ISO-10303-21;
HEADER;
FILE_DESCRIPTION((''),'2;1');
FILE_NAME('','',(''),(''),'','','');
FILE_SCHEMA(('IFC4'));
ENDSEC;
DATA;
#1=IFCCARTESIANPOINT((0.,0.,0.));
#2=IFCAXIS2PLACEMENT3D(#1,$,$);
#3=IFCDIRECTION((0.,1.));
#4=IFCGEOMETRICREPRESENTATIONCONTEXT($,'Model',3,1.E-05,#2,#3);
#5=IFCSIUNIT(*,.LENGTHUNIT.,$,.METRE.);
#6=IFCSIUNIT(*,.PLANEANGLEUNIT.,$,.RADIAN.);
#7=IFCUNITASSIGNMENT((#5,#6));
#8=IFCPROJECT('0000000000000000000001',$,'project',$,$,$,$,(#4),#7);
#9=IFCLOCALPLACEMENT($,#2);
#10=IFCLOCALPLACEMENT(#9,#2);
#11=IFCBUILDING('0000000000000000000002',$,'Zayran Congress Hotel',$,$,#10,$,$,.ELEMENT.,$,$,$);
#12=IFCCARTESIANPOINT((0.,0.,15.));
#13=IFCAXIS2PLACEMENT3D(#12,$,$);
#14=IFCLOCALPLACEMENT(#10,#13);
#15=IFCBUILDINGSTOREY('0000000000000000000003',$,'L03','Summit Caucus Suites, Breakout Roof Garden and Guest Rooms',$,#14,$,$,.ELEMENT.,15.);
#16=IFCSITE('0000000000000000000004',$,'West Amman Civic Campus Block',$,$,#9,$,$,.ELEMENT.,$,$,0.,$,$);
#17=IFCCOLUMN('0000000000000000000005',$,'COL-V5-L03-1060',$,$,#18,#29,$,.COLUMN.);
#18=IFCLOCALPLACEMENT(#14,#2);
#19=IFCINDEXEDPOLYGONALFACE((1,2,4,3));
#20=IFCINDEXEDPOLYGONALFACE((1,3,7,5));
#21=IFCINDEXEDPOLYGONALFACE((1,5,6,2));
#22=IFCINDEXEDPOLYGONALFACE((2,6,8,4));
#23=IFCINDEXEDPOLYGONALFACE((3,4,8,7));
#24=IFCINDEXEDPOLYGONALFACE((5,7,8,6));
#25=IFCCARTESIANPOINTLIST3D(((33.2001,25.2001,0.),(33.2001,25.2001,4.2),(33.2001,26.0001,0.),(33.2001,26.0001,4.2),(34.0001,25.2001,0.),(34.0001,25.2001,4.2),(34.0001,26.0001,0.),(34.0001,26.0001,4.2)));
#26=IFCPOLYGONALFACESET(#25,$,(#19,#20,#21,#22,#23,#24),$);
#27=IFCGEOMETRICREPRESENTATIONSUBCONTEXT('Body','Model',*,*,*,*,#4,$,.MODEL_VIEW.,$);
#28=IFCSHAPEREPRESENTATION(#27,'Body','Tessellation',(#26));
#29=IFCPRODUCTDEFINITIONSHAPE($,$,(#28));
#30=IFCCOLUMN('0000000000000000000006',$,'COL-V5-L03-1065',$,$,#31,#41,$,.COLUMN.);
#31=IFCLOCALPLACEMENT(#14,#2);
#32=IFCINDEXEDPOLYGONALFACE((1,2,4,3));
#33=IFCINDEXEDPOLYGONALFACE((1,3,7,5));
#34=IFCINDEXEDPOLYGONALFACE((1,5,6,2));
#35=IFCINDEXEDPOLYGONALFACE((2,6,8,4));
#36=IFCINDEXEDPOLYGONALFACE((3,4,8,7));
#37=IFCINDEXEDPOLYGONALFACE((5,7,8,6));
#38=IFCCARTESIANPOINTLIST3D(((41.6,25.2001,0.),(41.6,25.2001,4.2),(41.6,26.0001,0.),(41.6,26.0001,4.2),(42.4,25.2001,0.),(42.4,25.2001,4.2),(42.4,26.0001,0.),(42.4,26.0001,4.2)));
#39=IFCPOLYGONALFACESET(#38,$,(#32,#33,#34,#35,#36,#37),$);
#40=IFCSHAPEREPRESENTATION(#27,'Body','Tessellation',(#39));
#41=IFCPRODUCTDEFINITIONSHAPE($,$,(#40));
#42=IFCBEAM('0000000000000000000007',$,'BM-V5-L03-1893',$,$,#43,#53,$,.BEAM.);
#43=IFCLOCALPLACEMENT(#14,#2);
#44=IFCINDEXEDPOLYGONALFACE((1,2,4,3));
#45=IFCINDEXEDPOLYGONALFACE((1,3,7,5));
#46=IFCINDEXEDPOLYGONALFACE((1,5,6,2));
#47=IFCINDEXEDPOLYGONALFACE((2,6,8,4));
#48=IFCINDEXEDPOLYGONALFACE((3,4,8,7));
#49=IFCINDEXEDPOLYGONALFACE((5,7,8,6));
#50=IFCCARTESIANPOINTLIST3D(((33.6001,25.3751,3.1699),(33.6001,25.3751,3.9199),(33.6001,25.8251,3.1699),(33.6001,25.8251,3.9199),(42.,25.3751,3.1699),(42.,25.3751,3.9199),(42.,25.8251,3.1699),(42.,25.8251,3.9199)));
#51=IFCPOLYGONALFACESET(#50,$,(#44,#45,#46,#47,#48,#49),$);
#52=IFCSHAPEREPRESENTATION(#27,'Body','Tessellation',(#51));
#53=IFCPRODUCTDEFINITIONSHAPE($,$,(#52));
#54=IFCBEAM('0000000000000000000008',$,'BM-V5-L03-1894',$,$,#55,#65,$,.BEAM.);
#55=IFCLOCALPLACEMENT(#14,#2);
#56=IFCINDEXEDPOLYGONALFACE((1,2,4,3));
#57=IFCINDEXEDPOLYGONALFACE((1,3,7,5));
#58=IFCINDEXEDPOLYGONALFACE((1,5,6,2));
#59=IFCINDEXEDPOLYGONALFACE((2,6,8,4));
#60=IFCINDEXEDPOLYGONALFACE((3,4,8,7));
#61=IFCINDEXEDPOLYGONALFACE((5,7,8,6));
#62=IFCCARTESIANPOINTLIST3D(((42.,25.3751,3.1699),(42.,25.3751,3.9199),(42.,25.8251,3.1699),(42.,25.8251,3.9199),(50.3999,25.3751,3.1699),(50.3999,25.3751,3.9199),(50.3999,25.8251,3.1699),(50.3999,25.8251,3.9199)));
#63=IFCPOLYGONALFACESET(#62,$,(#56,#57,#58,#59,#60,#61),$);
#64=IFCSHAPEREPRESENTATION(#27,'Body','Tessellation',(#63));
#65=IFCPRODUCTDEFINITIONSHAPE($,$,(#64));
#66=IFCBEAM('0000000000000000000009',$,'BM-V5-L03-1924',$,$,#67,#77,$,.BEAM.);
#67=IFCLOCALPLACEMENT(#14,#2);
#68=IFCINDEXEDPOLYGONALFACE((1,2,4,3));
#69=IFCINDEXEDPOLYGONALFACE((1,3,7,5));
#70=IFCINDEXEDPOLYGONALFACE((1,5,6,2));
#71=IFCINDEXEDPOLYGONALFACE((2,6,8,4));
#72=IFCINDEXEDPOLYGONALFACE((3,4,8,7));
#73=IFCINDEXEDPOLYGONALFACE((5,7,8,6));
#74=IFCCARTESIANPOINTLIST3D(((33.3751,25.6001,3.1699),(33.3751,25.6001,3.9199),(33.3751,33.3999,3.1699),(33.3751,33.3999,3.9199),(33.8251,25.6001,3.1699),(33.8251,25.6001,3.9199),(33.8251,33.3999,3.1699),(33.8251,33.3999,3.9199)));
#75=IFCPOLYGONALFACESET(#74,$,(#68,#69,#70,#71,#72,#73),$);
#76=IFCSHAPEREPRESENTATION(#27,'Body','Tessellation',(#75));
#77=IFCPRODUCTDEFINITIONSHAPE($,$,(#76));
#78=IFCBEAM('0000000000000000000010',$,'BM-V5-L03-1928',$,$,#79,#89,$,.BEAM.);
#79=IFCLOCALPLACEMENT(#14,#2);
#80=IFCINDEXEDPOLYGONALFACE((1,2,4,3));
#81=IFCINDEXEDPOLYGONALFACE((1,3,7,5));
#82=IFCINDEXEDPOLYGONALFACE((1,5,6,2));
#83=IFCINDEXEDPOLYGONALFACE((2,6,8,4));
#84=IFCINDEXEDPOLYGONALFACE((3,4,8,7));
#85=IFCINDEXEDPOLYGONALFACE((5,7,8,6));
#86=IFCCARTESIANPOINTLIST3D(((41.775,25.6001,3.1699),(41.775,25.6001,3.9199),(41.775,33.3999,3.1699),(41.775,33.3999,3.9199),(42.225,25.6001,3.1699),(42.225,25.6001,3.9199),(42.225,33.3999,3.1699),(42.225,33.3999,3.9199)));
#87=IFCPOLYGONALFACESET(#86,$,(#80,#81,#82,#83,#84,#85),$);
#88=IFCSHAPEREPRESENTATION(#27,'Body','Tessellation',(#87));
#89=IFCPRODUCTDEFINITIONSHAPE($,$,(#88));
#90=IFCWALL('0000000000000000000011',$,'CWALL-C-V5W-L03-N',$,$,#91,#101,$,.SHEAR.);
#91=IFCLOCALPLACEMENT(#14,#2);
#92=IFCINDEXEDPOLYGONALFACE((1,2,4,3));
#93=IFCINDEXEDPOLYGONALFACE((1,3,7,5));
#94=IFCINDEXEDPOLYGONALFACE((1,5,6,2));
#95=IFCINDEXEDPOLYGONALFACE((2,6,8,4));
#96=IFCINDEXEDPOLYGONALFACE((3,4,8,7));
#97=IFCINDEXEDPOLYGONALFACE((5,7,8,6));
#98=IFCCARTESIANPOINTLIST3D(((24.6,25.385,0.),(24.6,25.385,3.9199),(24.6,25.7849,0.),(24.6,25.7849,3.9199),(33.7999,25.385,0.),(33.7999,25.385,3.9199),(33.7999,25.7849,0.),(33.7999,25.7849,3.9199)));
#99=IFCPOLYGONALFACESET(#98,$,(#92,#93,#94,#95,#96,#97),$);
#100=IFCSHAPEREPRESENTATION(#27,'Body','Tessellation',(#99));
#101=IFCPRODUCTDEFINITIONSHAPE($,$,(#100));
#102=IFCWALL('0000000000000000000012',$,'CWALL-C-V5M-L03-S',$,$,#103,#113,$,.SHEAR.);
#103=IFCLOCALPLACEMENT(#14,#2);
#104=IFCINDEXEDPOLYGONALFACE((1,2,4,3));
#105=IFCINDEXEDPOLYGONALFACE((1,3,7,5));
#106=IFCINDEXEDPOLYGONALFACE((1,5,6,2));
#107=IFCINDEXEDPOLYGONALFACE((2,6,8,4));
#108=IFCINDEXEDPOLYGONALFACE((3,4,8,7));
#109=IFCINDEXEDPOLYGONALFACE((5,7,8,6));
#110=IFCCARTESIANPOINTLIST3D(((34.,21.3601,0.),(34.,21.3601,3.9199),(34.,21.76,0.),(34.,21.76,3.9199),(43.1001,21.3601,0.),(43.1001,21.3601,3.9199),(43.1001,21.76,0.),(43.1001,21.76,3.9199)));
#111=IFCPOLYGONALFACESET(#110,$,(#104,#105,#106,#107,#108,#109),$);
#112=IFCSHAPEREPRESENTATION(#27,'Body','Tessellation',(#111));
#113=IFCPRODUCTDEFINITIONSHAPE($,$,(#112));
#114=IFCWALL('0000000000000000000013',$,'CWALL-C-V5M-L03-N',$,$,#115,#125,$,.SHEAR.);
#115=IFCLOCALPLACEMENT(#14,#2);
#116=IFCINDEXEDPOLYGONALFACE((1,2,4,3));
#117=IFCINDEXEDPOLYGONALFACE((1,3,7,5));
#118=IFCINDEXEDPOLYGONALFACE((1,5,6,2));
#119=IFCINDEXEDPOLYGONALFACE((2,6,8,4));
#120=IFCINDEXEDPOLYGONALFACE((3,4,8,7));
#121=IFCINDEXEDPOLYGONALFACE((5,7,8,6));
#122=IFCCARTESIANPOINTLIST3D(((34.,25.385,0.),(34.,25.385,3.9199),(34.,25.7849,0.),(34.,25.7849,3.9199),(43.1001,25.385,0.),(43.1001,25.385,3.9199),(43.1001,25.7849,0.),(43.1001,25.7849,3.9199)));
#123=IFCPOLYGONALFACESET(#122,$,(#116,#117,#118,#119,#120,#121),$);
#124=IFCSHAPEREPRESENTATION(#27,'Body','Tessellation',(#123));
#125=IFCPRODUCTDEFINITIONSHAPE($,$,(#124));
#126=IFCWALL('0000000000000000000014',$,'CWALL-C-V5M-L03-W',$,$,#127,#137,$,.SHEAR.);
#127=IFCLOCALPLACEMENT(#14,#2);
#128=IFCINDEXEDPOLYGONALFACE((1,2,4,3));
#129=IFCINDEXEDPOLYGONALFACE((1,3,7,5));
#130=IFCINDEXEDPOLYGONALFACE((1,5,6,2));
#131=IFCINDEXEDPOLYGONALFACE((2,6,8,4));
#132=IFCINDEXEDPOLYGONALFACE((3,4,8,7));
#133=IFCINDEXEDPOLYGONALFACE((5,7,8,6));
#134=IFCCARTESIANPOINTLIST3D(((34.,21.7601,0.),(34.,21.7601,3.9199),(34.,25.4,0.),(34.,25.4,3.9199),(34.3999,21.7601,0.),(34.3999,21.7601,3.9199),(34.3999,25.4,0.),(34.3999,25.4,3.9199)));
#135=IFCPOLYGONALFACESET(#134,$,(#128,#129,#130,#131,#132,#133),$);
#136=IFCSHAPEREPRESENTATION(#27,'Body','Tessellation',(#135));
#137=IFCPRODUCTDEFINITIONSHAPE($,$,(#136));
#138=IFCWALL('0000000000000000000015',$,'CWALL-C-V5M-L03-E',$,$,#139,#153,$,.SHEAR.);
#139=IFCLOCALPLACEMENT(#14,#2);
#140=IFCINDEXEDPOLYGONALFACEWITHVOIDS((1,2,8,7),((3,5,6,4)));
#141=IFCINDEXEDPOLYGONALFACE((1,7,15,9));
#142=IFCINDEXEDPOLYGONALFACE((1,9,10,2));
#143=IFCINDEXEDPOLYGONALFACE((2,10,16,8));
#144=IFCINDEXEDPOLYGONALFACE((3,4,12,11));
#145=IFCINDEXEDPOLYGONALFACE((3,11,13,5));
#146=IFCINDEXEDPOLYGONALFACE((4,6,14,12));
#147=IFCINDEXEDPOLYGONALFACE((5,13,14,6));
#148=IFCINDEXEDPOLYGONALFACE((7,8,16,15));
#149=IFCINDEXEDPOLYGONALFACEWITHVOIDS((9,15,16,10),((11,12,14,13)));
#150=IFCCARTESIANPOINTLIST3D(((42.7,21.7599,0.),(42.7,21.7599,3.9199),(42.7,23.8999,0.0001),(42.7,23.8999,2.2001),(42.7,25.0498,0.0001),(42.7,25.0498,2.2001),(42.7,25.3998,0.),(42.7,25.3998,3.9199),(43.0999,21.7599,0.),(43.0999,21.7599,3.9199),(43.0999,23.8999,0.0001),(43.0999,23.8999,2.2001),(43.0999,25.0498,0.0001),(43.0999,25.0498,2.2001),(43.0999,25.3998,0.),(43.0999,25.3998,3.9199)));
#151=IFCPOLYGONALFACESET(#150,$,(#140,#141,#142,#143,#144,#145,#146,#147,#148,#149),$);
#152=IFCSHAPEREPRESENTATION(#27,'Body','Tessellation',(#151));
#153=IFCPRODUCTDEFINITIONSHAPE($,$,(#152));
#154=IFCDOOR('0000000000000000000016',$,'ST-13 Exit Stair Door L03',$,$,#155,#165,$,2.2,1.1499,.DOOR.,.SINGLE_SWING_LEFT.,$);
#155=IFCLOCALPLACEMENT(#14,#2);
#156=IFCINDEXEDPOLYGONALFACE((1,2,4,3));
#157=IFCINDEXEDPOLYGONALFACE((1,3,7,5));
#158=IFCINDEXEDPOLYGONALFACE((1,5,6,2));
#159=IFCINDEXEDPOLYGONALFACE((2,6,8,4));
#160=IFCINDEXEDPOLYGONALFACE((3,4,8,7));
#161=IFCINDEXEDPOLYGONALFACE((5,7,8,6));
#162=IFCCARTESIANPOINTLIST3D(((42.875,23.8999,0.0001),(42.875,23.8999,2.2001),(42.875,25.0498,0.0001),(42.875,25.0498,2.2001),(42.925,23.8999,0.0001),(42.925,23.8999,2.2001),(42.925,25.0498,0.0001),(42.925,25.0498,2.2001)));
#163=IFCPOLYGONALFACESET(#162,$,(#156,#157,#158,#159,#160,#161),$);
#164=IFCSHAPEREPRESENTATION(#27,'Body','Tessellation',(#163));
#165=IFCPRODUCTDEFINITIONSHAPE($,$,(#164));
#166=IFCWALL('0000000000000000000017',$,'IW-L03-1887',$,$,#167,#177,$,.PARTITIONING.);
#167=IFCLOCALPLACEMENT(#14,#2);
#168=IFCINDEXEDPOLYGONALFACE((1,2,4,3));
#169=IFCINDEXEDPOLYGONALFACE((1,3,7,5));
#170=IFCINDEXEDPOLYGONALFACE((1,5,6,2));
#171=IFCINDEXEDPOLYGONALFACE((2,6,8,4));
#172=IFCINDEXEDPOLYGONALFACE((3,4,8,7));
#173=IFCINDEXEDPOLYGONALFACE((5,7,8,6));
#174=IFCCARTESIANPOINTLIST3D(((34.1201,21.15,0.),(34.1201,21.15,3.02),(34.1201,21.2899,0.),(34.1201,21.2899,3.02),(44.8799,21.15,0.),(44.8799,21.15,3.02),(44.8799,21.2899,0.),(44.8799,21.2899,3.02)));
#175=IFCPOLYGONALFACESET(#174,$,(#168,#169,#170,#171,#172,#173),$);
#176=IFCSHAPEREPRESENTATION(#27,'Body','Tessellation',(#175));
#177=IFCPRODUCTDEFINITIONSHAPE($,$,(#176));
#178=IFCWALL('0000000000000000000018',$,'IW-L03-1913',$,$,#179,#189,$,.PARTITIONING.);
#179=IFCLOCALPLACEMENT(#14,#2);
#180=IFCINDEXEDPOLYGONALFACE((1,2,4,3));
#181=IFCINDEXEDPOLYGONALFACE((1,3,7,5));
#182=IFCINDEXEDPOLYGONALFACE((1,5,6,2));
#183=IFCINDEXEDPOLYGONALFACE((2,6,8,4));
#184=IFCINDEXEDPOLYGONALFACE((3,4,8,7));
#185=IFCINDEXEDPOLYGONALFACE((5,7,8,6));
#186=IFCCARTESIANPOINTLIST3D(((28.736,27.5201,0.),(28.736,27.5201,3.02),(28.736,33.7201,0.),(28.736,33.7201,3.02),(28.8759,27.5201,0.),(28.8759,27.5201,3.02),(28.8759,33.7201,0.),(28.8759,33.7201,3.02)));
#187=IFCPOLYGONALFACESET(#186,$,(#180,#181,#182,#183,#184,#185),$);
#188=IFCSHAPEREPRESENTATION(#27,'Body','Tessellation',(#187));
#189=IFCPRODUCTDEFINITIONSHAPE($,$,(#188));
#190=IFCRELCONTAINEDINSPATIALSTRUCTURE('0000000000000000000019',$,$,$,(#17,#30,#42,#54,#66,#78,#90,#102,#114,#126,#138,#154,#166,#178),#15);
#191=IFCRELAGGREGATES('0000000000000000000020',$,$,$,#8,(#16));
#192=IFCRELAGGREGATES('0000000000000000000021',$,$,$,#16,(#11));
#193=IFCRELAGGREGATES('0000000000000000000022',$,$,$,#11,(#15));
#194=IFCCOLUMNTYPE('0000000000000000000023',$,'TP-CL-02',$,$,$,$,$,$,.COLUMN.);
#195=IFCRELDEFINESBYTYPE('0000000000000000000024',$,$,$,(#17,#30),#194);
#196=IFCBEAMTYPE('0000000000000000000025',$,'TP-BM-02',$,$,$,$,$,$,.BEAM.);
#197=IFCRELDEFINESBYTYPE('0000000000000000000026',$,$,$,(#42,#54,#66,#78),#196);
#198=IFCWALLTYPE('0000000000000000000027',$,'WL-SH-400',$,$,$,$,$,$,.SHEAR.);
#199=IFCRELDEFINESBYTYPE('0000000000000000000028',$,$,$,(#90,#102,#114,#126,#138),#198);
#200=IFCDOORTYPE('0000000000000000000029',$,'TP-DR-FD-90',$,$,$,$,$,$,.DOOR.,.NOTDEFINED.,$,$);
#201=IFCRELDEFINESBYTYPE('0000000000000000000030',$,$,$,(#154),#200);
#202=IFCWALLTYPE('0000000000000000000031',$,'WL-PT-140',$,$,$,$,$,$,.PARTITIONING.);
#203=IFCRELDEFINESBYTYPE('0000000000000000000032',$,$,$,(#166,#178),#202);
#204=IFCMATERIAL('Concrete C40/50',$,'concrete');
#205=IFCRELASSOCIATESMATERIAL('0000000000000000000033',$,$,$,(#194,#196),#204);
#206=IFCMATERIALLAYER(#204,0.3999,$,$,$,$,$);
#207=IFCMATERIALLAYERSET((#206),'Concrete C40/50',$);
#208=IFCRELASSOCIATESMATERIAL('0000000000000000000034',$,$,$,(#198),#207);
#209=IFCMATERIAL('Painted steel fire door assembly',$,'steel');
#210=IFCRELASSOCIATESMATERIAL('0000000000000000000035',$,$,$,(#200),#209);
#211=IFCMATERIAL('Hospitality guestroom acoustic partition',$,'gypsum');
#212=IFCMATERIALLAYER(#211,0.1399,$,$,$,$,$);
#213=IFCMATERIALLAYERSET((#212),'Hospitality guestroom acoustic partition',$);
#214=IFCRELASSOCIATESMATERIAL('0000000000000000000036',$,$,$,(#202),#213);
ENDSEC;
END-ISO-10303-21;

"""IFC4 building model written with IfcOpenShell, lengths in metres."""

from ifc_helpers import new_model, si_unit, direction, frame, frame_2d, origin, origin_2d, place, context, subcontext, project, spatial, rectangle, extrude, material, layer, layer_set, material_profile, profile_set, type_object, element, fill, save


model = new_model("IFC4")

# Units and contexts
model_context = context("Model", 3, precision=1e-05, world=origin(), true_north=direction((0.0, 1.0)))
body_context = subcontext(model_context, "Body", "Model", "MODEL_VIEW")
ifc_project = project(units=[si_unit("LENGTHUNIT", "METRE"), si_unit("PLANEANGLEUNIT", "RADIAN")], contexts=[model_context])

# Site, building, storey
site_placement = place(None, origin())
site = spatial("IfcSite", under=ifc_project, at=site_placement, Name="West Amman Civic Campus Block", CompositionType="ELEMENT", RefElevation=0.0)
building_placement = place(site_placement, origin())
building = spatial("IfcBuilding", under=site, at=building_placement, Name="Zayran Congress Hotel", CompositionType="ELEMENT")
storey_placement = place(building_placement, frame((0.0, 0.0, 15.0)))
storey = spatial("IfcBuildingStorey", under=building, at=storey_placement, Name="L03", Description="Summit Caucus Suites, Breakout Roof Garden and Guest Rooms", CompositionType="ELEMENT", Elevation=15.0)

# Columns
ifc_material_1 = material(Name="Concrete C40/50", Category="concrete")
ifc_material_profile_1 = material_profile(ifc_material_1, rectangle(XDim=0.8, YDim=0.8, at=origin_2d()), Name="RC 800x800")
ifc_profile_set_1 = profile_set([ifc_material_profile_1], Name="Concrete C40/50")
column_type = type_object("IfcColumnType", Name="TP-CL-02", PredefinedType="COLUMN", material=ifc_profile_set_1)
for number, where, z_axis, x_axis, name in (
    (1, (33.6001, 25.6001, 0.0), (0.0, 0.0, 1.0), (1.0, 0.0, 0.0), "COL-V5-L03-1060"),
    (2, (42.0, 25.6001, 0.0), (0.0, 0.0, 1.0), (1.0, 0.0, 0.0), "COL-V5-L03-1065"),
):
    element("IfcColumn", number, at=place(storey_placement, frame(where, z_axis=z_axis, x_axis=x_axis)), inside=storey, type_object=column_type, Name=name, PredefinedType="COLUMN", context=body_context, shape_type="SweptSolid", body=[
        extrude(rectangle(XDim=0.8, YDim=0.8, at=origin_2d()), origin(), (0.0, 0.0, 1.0), 4.2),
    ])

# Beams
ifc_material_profile_2 = material_profile(ifc_material_1, rectangle(XDim=0.45, YDim=0.75, at=origin_2d()), Name="RC 450x750")
ifc_profile_set_2 = profile_set([ifc_material_profile_2], Name="Concrete C40/50")
beam_type = type_object("IfcBeamType", Name="TP-BM-02", PredefinedType="BEAM", material=ifc_profile_set_2)
for number, where, z_axis, x_axis, name in (
    (3, (33.6001, 25.6001, 3.5449), (1.0, 0.0, 0.0), (0.0, 1.0, 0.0), "BM-V5-L03-1893"),
    (4, (42.0, 25.6001, 3.5449), (1.0, 0.0, 0.0), (0.0, 1.0, 0.0), "BM-V5-L03-1894"),
):
    element("IfcBeam", number, at=place(storey_placement, frame(where, z_axis=z_axis, x_axis=x_axis)), inside=storey, type_object=beam_type, Name=name, PredefinedType="BEAM", context=body_context, shape_type="SweptSolid", body=[
        extrude(rectangle(XDim=0.45, YDim=0.75, at=origin_2d()), origin(), (0.0, 0.0, 1.0), 8.3999),
    ])
for number, where, z_axis, x_axis, name in (
    (5, (33.6001, 25.6001, 3.5449), (0.0, 1.0, 0.0), (-1.0, 0.0, 0.0), "BM-V5-L03-1924"),
    (6, (42.0, 25.6001, 3.5449), (0.0, 1.0, 0.0), (-1.0, 0.0, 0.0), "BM-V5-L03-1928"),
):
    element("IfcBeam", number, at=place(storey_placement, frame(where, z_axis=z_axis, x_axis=x_axis)), inside=storey, type_object=beam_type, Name=name, PredefinedType="BEAM", context=body_context, shape_type="SweptSolid", body=[
        extrude(rectangle(XDim=0.45, YDim=0.75, at=origin_2d()), origin(), (0.0, 0.0, 1.0), 7.7998),
    ])

# Walls
ifc_layer_1 = layer(ifc_material_1, 0.3999)
ifc_layer_set_1 = layer_set([ifc_layer_1], Name="Concrete C40/50")
wall_type_1 = type_object("IfcWallType", Name="WL-SH-400", PredefinedType="SHEAR", material=ifc_layer_set_1)
wall_1_placement = place(storey_placement, frame((33.8, 25.585, 0.0), z_axis=(0.0, 0.0, 1.0), x_axis=(-1.0, 0.0, 0.0)))
element("IfcWall", 7, at=wall_1_placement, inside=storey, type_object=wall_type_1, Name="CWALL-C-V5W-L03-N", PredefinedType="SHEAR", context=body_context, shape_type="SweptSolid", body=[
    extrude(rectangle(XDim=9.2, YDim=0.3999, at=frame_2d((4.6001, 0.0))), origin(), (0.0, 0.0, 1.0), 3.9199),
])
for number, where, z_axis, x_axis, name in (
    (8, (34.0, 21.5601, 0.0), (0.0, 0.0, 1.0), (1.0, 0.0, 0.0), "CWALL-C-V5M-L03-S"),
    (9, (43.1001, 25.585, 0.0), (0.0, 0.0, 1.0), (-1.0, 0.0, 0.0), "CWALL-C-V5M-L03-N"),
):
    element("IfcWall", number, at=place(storey_placement, frame(where, z_axis=z_axis, x_axis=x_axis)), inside=storey, type_object=wall_type_1, Name=name, PredefinedType="SHEAR", context=body_context, shape_type="SweptSolid", body=[
        extrude(rectangle(XDim=9.1001, YDim=0.3999, at=frame_2d((4.55, 0.0))), origin(), (0.0, 0.0, 1.0), 3.9199),
    ])
wall_2_placement = place(storey_placement, frame((34.2, 25.3999, 0.0), z_axis=(0.0, 0.0, 1.0), x_axis=(0.0, -1.0, 0.0)))
element("IfcWall", 10, at=wall_2_placement, inside=storey, type_object=wall_type_1, Name="CWALL-C-V5M-L03-W", PredefinedType="SHEAR", context=body_context, shape_type="SweptSolid", body=[
    extrude(rectangle(XDim=3.6399, YDim=0.3999, at=frame_2d((1.8198, 0.0))), origin(), (0.0, 0.0, 1.0), 3.9199),
])

# Wall, opening, door
wall_3_placement = place(storey_placement, frame((42.8999, 21.76, 0.0), z_axis=(0.0, 0.0, 1.0), x_axis=(0.0, 1.0, 0.0)))
wall_3 = element("IfcWall", 11, at=wall_3_placement, inside=storey, type_object=wall_type_1, Name="CWALL-C-V5M-L03-E", PredefinedType="SHEAR", context=body_context, shape_type="SweptSolid", body=[
    extrude(rectangle(XDim=3.6399, YDim=0.3999, at=frame_2d((1.8198, 0.0))), origin(), (0.0, 0.0, 1.0), 3.9199),
])
opening_1_placement = place(wall_3_placement, frame((2.1399, 0.0, 0.0)))
opening_1 = element("IfcOpeningElement", 12, at=opening_1_placement, cuts=wall_3, PredefinedType="OPENING", context=body_context, shape_type="SweptSolid", body=[
    extrude(rectangle(XDim=1.1499, YDim=2.2, at=frame_2d((0.575, 1.1001))), frame((0.0, 0.21, 0.0), z_axis=(0.0, -1.0, 0.0), x_axis=(1.0, 0.0, 0.0)), (0.0, 0.0, 1.0), 0.4199),
])
ifc_material_2 = material(Name="Painted steel fire door assembly", Category="steel")
door_type_1 = type_object("IfcDoorType", Name="TP-DR-FD-90", OperationType="NOTDEFINED", PredefinedType="DOOR", material=ifc_material_2)
door_1_placement = place(opening_1_placement, origin())
door_1 = element("IfcDoor", 13, at=door_1_placement, inside=storey, type_object=door_type_1, Name="ST-13 Exit Stair Door L03", OperationType="SINGLE_SWING_LEFT", OverallHeight=2.2, OverallWidth=1.1499, PredefinedType="DOOR", context=body_context, shape_type="SweptSolid", body=[
    extrude(rectangle(XDim=1.1499, YDim=2.2, at=frame_2d((0.575, 1.1001))), frame((0.0, 0.0249, 0.0), z_axis=(0.0, -1.0, 0.0), x_axis=(1.0, 0.0, 0.0)), (0.0, 0.0, 1.0), 0.05),
])
fill(opening_1, door_1)

# Walls
ifc_material_3 = material(Name="Hospitality guestroom acoustic partition", Category="gypsum")
ifc_layer_2 = layer(ifc_material_3, 0.1399)
ifc_layer_set_2 = layer_set([ifc_layer_2], Name="Hospitality guestroom acoustic partition")
wall_type_2 = type_object("IfcWallType", Name="WL-PT-140", PredefinedType="PARTITIONING", material=ifc_layer_set_2)
wall_4_placement = place(storey_placement, frame((34.1201, 21.22, 0.0), z_axis=(0.0, 0.0, 1.0), x_axis=(1.0, 0.0, 0.0)))
element("IfcWall", 14, at=wall_4_placement, inside=storey, type_object=wall_type_2, Name="IW-L03-1887", PredefinedType="PARTITIONING", context=body_context, shape_type="SweptSolid", body=[
    extrude(rectangle(XDim=10.7598, YDim=0.1399, at=frame_2d((5.3799, 0.0))), origin(), (0.0, 0.0, 1.0), 3.02),
])
wall_5_placement = place(storey_placement, frame((28.8059, 27.52, 0.0), z_axis=(0.0, 0.0, 1.0), x_axis=(0.0, 1.0, 0.0)))
element("IfcWall", 15, at=wall_5_placement, inside=storey, type_object=wall_type_2, Name="IW-L03-1913", PredefinedType="PARTITIONING", context=body_context, shape_type="SweptSolid", body=[
    extrude(rectangle(XDim=6.2, YDim=0.1399, at=frame_2d((3.1001, 0.0))), origin(), (0.0, 0.0, 1.0), 3.02),
])

save(model, "model.ifc")
